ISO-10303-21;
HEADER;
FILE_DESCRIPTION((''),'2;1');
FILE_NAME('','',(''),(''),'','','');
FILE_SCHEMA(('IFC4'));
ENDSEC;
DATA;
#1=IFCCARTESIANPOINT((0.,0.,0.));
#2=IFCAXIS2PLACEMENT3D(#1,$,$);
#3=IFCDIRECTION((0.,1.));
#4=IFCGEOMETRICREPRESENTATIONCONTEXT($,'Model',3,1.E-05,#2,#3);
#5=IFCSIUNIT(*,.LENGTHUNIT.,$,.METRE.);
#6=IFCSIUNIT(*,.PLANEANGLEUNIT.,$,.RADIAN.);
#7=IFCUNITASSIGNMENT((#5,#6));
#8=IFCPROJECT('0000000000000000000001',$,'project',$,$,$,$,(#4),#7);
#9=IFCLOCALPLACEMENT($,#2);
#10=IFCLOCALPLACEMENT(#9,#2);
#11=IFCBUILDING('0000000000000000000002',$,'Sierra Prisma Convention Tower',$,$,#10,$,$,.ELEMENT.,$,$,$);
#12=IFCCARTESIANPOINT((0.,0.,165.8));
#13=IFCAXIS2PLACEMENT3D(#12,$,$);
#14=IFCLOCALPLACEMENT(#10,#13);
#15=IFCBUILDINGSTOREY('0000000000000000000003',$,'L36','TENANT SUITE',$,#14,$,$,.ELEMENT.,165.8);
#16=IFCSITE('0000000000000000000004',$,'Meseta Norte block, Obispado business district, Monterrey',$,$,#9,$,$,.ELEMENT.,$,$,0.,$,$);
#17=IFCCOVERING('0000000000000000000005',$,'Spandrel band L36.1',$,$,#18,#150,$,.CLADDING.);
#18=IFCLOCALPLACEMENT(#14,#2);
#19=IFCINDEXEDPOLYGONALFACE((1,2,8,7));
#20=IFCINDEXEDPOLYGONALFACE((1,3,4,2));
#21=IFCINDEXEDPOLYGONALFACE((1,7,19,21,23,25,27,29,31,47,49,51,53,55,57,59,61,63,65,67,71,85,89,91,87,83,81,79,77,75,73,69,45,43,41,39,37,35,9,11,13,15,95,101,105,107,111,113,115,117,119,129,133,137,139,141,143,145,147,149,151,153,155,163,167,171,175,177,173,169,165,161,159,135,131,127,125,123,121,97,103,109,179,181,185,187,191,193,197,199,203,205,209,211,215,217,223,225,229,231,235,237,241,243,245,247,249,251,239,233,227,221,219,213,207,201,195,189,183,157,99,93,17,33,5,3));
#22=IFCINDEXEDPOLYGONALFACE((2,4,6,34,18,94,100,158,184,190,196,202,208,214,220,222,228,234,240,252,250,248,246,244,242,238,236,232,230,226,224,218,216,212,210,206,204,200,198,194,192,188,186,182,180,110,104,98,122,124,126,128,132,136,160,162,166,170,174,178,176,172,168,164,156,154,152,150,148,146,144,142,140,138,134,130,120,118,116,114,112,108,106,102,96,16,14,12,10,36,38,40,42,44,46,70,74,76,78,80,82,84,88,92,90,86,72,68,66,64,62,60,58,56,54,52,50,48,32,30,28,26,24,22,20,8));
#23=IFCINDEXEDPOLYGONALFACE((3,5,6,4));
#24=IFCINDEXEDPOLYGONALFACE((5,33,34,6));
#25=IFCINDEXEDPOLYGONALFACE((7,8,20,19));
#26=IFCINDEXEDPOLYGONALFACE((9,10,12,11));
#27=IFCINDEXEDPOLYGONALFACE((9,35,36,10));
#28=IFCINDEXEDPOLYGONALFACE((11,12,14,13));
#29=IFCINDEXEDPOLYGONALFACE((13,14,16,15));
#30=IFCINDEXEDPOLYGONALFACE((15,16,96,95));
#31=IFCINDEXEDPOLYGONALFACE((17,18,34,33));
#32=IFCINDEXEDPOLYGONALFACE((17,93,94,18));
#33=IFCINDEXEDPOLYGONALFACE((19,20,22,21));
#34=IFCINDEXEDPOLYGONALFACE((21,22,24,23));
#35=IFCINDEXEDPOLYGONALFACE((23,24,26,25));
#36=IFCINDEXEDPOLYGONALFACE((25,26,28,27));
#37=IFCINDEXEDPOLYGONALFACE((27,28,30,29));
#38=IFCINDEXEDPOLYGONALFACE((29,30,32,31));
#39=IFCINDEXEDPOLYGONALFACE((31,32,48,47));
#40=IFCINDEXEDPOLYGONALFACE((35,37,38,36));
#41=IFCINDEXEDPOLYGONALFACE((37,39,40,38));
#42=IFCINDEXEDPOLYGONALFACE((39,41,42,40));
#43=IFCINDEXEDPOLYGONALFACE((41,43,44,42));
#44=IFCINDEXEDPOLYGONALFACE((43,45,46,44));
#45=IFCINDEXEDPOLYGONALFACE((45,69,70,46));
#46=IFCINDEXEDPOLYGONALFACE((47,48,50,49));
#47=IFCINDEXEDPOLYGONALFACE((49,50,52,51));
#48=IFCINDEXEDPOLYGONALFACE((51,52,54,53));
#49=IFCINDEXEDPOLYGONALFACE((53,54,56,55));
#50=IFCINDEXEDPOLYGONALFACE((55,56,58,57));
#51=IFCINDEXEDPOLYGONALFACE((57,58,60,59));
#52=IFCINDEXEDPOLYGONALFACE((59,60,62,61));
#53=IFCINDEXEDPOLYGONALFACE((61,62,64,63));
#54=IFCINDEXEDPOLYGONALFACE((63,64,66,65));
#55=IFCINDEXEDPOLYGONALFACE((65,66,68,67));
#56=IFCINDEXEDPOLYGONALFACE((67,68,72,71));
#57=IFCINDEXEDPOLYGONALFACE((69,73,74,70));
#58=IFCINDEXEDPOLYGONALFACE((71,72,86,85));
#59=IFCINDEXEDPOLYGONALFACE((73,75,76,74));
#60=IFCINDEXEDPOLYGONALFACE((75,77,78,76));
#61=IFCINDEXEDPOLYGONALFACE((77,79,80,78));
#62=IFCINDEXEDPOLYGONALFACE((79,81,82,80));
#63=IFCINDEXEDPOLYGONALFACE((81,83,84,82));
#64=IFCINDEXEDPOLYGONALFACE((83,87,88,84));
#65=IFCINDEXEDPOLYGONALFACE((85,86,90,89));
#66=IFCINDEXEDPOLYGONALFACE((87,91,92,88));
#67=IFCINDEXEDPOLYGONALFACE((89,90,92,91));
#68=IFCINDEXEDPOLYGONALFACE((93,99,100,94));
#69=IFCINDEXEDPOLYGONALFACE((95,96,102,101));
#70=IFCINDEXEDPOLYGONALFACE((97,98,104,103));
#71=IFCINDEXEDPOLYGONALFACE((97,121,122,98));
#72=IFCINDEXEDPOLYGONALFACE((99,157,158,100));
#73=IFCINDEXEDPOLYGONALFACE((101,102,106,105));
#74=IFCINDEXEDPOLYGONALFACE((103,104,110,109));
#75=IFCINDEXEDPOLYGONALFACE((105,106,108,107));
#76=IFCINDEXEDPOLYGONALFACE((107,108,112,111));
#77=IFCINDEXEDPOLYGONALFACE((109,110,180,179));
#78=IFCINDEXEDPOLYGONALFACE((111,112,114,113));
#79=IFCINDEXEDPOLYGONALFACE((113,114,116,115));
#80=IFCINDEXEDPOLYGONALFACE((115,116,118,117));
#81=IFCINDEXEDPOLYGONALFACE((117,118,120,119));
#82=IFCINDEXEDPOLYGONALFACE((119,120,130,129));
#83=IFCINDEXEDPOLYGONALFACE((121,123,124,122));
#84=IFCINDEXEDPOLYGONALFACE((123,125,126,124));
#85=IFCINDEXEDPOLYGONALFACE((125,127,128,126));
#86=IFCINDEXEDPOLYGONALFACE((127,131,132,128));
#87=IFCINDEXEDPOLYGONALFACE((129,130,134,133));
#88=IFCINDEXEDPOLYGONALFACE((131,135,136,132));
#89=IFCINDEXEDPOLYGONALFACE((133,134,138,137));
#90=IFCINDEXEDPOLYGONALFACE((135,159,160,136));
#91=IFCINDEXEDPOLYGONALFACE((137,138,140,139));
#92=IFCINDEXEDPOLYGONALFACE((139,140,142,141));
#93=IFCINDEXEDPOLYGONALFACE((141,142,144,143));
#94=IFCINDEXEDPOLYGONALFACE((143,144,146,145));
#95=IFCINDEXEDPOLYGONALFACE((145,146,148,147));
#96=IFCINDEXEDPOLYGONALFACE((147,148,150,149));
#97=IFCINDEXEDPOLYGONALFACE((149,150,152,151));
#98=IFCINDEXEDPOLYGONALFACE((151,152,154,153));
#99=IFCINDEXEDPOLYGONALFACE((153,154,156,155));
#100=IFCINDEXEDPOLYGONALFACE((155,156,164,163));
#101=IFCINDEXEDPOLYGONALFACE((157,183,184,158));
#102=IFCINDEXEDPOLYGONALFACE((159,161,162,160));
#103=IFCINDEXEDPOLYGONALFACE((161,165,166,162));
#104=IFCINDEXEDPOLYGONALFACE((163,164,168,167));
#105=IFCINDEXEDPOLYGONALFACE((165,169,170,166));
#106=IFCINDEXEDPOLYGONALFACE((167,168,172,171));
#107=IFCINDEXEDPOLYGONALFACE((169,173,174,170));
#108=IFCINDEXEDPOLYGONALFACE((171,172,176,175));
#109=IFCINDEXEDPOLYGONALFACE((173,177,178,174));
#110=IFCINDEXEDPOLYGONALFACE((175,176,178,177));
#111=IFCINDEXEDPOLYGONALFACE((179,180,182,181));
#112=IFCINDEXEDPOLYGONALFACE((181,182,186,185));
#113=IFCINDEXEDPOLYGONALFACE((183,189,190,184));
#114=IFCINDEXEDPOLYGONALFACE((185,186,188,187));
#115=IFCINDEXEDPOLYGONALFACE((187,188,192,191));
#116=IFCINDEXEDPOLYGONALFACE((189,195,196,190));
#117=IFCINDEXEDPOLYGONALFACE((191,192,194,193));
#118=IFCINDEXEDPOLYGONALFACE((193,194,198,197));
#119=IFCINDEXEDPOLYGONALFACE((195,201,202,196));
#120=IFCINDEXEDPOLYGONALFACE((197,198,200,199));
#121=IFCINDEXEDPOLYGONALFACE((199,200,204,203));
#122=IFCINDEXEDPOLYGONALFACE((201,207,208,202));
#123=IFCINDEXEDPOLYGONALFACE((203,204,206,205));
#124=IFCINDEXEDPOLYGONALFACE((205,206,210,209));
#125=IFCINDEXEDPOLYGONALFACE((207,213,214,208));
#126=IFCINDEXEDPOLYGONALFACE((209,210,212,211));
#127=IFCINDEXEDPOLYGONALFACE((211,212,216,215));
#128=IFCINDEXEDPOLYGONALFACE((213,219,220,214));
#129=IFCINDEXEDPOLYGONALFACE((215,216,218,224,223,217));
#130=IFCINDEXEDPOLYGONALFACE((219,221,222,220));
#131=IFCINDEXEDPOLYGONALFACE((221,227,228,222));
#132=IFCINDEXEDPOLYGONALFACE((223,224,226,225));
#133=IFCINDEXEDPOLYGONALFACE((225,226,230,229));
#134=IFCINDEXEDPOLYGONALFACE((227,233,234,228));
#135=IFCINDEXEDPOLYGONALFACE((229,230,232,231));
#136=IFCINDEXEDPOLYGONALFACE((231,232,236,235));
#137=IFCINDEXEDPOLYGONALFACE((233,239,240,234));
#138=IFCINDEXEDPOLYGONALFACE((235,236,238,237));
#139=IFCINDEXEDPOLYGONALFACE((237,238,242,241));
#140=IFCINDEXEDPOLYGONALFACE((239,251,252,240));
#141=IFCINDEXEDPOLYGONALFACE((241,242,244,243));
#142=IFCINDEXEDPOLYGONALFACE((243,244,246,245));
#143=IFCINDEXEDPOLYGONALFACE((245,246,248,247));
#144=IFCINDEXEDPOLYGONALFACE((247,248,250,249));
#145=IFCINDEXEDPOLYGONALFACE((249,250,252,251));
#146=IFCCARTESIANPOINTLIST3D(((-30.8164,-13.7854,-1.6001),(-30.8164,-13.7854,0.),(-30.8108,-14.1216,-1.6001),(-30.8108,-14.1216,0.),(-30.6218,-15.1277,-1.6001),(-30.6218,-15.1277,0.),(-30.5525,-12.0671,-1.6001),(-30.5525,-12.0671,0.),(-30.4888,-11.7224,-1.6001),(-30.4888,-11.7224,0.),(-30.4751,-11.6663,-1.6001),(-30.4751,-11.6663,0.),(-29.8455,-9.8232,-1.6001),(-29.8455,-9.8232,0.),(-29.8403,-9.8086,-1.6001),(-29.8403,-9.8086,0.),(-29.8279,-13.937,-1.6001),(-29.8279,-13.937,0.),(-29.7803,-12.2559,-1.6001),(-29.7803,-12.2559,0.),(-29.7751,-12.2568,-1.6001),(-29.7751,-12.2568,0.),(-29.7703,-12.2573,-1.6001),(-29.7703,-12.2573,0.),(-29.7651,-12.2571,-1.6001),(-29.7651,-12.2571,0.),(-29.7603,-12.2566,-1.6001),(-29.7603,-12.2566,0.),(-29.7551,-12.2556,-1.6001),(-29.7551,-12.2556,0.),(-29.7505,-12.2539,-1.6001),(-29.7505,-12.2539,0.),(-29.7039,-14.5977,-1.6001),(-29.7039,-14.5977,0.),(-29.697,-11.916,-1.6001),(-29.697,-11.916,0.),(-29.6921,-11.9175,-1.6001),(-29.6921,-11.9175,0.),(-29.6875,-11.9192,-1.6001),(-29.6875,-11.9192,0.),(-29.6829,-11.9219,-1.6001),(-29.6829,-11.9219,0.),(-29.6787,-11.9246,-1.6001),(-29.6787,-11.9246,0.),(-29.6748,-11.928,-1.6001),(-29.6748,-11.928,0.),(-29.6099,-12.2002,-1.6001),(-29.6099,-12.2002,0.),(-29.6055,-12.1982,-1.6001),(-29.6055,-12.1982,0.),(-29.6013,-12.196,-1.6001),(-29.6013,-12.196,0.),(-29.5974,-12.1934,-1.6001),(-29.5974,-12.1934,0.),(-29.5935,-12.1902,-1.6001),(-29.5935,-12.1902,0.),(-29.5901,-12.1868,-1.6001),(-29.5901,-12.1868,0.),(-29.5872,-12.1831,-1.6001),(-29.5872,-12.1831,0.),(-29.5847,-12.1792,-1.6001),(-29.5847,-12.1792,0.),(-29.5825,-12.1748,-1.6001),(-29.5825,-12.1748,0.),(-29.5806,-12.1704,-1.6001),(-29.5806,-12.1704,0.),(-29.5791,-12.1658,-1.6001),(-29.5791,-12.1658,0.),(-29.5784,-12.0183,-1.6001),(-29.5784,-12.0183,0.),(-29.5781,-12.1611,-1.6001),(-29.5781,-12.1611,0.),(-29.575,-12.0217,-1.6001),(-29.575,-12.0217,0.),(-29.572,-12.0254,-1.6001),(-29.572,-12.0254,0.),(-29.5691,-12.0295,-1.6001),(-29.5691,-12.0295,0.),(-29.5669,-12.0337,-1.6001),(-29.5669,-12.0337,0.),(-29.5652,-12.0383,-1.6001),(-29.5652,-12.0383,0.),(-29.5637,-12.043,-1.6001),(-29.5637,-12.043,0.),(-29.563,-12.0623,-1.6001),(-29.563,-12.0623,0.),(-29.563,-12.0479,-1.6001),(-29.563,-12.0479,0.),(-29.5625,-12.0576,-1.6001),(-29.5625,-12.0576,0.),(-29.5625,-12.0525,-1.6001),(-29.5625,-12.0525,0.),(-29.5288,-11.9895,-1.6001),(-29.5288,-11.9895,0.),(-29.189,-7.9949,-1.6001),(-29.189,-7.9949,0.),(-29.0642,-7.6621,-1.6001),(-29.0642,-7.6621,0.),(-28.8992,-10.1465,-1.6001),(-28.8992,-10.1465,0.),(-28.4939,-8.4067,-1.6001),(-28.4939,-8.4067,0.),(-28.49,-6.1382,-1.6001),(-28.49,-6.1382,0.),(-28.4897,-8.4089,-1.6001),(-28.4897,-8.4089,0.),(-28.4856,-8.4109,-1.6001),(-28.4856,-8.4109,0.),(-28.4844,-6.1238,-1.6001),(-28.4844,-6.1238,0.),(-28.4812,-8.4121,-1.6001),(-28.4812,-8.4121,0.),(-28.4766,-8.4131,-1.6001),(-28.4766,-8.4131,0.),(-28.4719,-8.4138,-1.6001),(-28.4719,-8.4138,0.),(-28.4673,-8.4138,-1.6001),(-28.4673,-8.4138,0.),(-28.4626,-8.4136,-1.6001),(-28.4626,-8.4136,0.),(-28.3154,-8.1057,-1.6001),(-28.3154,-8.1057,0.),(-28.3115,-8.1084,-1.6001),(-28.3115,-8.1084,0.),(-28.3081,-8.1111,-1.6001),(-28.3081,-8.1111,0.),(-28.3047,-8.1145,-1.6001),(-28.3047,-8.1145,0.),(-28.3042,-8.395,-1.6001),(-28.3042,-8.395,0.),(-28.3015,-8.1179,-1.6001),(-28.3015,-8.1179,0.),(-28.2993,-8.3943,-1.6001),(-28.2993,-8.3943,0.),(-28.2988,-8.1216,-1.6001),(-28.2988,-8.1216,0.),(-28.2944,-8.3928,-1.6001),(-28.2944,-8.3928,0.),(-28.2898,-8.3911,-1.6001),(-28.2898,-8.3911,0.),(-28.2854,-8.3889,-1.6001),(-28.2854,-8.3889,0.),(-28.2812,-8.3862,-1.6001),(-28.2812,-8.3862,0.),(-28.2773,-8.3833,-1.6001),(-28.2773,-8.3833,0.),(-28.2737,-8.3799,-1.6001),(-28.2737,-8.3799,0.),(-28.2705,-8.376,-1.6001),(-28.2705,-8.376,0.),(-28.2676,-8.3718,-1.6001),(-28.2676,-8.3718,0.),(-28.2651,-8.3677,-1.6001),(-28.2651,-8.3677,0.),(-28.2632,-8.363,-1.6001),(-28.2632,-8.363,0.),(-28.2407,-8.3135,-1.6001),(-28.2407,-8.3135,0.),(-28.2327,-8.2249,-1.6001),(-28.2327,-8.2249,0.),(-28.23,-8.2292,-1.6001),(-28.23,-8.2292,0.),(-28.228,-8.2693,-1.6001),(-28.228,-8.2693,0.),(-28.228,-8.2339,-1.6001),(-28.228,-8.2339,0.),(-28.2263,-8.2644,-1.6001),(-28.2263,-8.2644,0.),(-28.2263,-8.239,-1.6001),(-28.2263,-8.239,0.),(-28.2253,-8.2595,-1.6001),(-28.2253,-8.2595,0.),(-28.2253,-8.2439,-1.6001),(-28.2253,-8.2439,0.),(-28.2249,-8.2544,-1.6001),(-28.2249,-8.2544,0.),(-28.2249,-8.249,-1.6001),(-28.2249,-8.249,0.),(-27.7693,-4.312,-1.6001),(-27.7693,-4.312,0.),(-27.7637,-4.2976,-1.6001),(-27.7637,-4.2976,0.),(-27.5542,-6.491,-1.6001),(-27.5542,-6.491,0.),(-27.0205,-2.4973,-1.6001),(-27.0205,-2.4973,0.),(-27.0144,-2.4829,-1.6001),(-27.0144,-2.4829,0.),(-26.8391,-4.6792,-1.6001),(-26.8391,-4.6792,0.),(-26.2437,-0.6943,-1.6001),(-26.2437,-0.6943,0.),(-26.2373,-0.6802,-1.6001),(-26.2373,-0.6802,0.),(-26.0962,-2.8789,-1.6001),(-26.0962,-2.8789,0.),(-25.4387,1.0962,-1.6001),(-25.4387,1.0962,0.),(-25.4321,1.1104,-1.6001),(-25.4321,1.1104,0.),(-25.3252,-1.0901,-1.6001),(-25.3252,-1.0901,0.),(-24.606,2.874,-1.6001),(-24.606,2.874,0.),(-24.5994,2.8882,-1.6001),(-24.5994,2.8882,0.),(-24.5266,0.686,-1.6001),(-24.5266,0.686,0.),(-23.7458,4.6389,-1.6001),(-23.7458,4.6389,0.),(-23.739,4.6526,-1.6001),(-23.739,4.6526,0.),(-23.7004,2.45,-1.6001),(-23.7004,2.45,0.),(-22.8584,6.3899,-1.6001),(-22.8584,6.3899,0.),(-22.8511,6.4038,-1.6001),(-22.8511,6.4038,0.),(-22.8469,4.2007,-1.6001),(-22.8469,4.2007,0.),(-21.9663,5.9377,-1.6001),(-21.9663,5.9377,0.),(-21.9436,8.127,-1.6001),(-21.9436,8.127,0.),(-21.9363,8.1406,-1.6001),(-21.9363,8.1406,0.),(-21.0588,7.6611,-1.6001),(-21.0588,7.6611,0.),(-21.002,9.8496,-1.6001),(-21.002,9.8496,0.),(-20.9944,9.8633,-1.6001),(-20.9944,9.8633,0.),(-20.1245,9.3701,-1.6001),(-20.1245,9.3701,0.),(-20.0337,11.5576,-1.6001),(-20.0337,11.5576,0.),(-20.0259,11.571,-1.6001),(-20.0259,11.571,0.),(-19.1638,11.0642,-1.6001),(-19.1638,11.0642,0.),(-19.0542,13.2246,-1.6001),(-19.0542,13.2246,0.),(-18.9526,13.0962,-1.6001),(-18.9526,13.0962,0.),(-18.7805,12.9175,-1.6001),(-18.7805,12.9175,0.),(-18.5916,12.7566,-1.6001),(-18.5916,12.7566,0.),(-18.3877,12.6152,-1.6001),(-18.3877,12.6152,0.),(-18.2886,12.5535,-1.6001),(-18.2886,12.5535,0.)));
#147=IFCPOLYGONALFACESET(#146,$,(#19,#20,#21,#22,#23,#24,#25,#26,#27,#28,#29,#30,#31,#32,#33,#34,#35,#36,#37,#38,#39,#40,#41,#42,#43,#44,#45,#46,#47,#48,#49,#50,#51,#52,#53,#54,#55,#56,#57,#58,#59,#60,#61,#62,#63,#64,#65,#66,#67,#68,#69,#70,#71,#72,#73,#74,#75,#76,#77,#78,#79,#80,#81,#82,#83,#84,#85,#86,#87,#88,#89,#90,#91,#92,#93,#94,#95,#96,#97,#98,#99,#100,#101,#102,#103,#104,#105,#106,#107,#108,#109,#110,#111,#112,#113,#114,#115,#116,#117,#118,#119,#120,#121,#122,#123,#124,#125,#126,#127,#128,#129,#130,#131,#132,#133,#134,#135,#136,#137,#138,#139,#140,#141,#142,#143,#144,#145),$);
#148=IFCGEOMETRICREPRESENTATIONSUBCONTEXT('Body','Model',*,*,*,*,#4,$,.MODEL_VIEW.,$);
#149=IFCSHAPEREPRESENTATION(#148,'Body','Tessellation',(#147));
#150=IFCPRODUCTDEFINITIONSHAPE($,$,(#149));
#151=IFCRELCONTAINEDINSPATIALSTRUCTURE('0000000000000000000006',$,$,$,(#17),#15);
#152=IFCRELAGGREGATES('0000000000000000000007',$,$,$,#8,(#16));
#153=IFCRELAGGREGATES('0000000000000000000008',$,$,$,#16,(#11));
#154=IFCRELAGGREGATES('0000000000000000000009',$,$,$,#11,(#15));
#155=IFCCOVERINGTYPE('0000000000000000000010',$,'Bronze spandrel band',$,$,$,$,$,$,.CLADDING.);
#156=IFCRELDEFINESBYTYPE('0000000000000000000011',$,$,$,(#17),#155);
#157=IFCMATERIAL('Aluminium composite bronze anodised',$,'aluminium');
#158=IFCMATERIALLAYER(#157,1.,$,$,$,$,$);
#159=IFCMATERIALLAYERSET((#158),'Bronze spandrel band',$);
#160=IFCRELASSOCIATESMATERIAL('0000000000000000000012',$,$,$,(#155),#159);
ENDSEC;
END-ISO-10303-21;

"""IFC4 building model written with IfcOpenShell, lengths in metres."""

from ifc_helpers import new_model, si_unit, direction, frame, origin, place, context, subcontext, project, spatial, polyline, outline, extrude, material, layer, layer_set, type_object, element, save


model = new_model("IFC4")

# Units and contexts
model_context = context("Model", 3, precision=1e-05, world=origin(), true_north=direction((0.0, 1.0)))
body_context = subcontext(model_context, "Body", "Model", "MODEL_VIEW")
ifc_project = project(units=[si_unit("LENGTHUNIT", "METRE"), si_unit("PLANEANGLEUNIT", "RADIAN")], contexts=[model_context])

# Site, building, storey
site_placement = place(None, origin())
site = spatial("IfcSite", under=ifc_project, at=site_placement, Name="Meseta Norte block, Obispado business district, Monterrey", CompositionType="ELEMENT", RefElevation=0.0)
building_placement = place(site_placement, origin())
building = spatial("IfcBuilding", under=site, at=building_placement, Name="Sierra Prisma Convention Tower", CompositionType="ELEMENT")
storey_placement = place(building_placement, frame((0.0, 0.0, 165.8)))
storey = spatial("IfcBuildingStorey", under=building, at=storey_placement, Name="L36", Description="TENANT SUITE", CompositionType="ELEMENT", Elevation=165.8)

# Covering
ifc_material_1 = material(Name="Aluminium composite bronze anodised", Category="aluminium")
ifc_layer_1 = layer(ifc_material_1, 1.0)
ifc_layer_set_1 = layer_set([ifc_layer_1], Name="Bronze spandrel band")
covering_type = type_object("IfcCoveringType", Name="Bronze spandrel band", PredefinedType="CLADDING", material=ifc_layer_set_1)
covering_1_placement = place(storey_placement, frame((0.0, 0.0, -1.6001)))
element("IfcCovering", 1, at=covering_1_placement, inside=storey, type_object=covering_type, Name="Spandrel band L36.1", PredefinedType="CLADDING", context=body_context, shape_type="SweptSolid", body=[
    extrude(outline(polyline([(-26.2437, -0.6943), (-26.2373, -0.6802), (-25.4387, 1.0962), (-25.4321, 1.1104), (-24.606, 2.874), (-24.5994, 2.8882), (-23.7458, 4.6389), (-23.739, 4.6526), (-22.8584, 6.3899), (-22.8511, 6.4038), (-21.9436, 8.127), (-21.9363, 8.1406), (-21.002, 9.8496), (-20.9944, 9.8633), (-20.0337, 11.5576), (-20.0259, 11.571), (-19.0542, 13.2246), (-18.9526, 13.0962), (-18.7805, 12.9175), (-18.5916, 12.7566), (-18.3877, 12.6152), (-18.2886, 12.5535), (-19.1638, 11.0642), (-20.1245, 9.3701), (-21.0588, 7.6611), (-21.9663, 5.9377), (-22.8469, 4.2007), (-23.7004, 2.45), (-24.5266, 0.686), (-25.3252, -1.0901), (-26.0962, -2.8789), (-26.8391, -4.6792), (-27.5542, -6.491), (-28.2407, -8.3135), (-28.8992, -10.1465), (-29.5288, -11.9895), (-29.8279, -13.937), (-29.7039, -14.5977), (-30.6218, -15.1277), (-30.8108, -14.1216), (-30.8164, -13.7854), (-30.5525, -12.0671), (-29.7803, -12.2559), (-29.7751, -12.2568), (-29.7703, -12.2573), (-29.7651, -12.2571), (-29.7603, -12.2566), (-29.7551, -12.2556), (-29.7505, -12.2539), (-29.6099, -12.2002), (-29.6055, -12.1982), (-29.6013, -12.196), (-29.5974, -12.1934), (-29.5935, -12.1902), (-29.5901, -12.1868), (-29.5872, -12.1831), (-29.5847, -12.1792), (-29.5825, -12.1748), (-29.5806, -12.1704), (-29.5791, -12.1658), (-29.5781, -12.1611), (-29.563, -12.0623), (-29.5625, -12.0576), (-29.5625, -12.0525), (-29.563, -12.0479), (-29.5637, -12.043), (-29.5652, -12.0383), (-29.5669, -12.0337), (-29.5691, -12.0295), (-29.572, -12.0254), (-29.575, -12.0217), (-29.5784, -12.0183), (-29.6748, -11.928), (-29.6787, -11.9246), (-29.6829, -11.9219), (-29.6875, -11.9192), (-29.6921, -11.9175), (-29.697, -11.916), (-30.4888, -11.7224), (-30.4751, -11.6663), (-29.8455, -9.8232), (-29.8403, -9.8086), (-29.189, -7.9949), (-28.4939, -8.4067), (-28.4897, -8.4089), (-28.4856, -8.4109), (-28.4812, -8.4121), (-28.4766, -8.4131), (-28.4719, -8.4138), (-28.4673, -8.4138), (-28.4626, -8.4136), (-28.3042, -8.395), (-28.2993, -8.3943), (-28.2944, -8.3928), (-28.2898, -8.3911), (-28.2854, -8.3889), (-28.2812, -8.3862), (-28.2773, -8.3833), (-28.2737, -8.3799), (-28.2705, -8.376), (-28.2676, -8.3718), (-28.2651, -8.3677), (-28.2632, -8.363), (-28.228, -8.2693), (-28.2263, -8.2644), (-28.2253, -8.2595), (-28.2249, -8.2544), (-28.2249, -8.249), (-28.2253, -8.2439), (-28.2263, -8.239), (-28.228, -8.2339), (-28.23, -8.2292), (-28.2327, -8.2249), (-28.2988, -8.1216), (-28.3015, -8.1179), (-28.3047, -8.1145), (-28.3081, -8.1111), (-28.3115, -8.1084), (-28.3154, -8.1057), (-29.0642, -7.6621), (-28.49, -6.1382), (-28.4844, -6.1238), (-27.7693, -4.312), (-27.7637, -4.2976), (-27.0205, -2.4973), (-27.0144, -2.4829), (-26.2437, -0.6943)])), origin(), (0.0, 0.0, 1.0), 1.6001),
])

save(model, "model.ifc")
